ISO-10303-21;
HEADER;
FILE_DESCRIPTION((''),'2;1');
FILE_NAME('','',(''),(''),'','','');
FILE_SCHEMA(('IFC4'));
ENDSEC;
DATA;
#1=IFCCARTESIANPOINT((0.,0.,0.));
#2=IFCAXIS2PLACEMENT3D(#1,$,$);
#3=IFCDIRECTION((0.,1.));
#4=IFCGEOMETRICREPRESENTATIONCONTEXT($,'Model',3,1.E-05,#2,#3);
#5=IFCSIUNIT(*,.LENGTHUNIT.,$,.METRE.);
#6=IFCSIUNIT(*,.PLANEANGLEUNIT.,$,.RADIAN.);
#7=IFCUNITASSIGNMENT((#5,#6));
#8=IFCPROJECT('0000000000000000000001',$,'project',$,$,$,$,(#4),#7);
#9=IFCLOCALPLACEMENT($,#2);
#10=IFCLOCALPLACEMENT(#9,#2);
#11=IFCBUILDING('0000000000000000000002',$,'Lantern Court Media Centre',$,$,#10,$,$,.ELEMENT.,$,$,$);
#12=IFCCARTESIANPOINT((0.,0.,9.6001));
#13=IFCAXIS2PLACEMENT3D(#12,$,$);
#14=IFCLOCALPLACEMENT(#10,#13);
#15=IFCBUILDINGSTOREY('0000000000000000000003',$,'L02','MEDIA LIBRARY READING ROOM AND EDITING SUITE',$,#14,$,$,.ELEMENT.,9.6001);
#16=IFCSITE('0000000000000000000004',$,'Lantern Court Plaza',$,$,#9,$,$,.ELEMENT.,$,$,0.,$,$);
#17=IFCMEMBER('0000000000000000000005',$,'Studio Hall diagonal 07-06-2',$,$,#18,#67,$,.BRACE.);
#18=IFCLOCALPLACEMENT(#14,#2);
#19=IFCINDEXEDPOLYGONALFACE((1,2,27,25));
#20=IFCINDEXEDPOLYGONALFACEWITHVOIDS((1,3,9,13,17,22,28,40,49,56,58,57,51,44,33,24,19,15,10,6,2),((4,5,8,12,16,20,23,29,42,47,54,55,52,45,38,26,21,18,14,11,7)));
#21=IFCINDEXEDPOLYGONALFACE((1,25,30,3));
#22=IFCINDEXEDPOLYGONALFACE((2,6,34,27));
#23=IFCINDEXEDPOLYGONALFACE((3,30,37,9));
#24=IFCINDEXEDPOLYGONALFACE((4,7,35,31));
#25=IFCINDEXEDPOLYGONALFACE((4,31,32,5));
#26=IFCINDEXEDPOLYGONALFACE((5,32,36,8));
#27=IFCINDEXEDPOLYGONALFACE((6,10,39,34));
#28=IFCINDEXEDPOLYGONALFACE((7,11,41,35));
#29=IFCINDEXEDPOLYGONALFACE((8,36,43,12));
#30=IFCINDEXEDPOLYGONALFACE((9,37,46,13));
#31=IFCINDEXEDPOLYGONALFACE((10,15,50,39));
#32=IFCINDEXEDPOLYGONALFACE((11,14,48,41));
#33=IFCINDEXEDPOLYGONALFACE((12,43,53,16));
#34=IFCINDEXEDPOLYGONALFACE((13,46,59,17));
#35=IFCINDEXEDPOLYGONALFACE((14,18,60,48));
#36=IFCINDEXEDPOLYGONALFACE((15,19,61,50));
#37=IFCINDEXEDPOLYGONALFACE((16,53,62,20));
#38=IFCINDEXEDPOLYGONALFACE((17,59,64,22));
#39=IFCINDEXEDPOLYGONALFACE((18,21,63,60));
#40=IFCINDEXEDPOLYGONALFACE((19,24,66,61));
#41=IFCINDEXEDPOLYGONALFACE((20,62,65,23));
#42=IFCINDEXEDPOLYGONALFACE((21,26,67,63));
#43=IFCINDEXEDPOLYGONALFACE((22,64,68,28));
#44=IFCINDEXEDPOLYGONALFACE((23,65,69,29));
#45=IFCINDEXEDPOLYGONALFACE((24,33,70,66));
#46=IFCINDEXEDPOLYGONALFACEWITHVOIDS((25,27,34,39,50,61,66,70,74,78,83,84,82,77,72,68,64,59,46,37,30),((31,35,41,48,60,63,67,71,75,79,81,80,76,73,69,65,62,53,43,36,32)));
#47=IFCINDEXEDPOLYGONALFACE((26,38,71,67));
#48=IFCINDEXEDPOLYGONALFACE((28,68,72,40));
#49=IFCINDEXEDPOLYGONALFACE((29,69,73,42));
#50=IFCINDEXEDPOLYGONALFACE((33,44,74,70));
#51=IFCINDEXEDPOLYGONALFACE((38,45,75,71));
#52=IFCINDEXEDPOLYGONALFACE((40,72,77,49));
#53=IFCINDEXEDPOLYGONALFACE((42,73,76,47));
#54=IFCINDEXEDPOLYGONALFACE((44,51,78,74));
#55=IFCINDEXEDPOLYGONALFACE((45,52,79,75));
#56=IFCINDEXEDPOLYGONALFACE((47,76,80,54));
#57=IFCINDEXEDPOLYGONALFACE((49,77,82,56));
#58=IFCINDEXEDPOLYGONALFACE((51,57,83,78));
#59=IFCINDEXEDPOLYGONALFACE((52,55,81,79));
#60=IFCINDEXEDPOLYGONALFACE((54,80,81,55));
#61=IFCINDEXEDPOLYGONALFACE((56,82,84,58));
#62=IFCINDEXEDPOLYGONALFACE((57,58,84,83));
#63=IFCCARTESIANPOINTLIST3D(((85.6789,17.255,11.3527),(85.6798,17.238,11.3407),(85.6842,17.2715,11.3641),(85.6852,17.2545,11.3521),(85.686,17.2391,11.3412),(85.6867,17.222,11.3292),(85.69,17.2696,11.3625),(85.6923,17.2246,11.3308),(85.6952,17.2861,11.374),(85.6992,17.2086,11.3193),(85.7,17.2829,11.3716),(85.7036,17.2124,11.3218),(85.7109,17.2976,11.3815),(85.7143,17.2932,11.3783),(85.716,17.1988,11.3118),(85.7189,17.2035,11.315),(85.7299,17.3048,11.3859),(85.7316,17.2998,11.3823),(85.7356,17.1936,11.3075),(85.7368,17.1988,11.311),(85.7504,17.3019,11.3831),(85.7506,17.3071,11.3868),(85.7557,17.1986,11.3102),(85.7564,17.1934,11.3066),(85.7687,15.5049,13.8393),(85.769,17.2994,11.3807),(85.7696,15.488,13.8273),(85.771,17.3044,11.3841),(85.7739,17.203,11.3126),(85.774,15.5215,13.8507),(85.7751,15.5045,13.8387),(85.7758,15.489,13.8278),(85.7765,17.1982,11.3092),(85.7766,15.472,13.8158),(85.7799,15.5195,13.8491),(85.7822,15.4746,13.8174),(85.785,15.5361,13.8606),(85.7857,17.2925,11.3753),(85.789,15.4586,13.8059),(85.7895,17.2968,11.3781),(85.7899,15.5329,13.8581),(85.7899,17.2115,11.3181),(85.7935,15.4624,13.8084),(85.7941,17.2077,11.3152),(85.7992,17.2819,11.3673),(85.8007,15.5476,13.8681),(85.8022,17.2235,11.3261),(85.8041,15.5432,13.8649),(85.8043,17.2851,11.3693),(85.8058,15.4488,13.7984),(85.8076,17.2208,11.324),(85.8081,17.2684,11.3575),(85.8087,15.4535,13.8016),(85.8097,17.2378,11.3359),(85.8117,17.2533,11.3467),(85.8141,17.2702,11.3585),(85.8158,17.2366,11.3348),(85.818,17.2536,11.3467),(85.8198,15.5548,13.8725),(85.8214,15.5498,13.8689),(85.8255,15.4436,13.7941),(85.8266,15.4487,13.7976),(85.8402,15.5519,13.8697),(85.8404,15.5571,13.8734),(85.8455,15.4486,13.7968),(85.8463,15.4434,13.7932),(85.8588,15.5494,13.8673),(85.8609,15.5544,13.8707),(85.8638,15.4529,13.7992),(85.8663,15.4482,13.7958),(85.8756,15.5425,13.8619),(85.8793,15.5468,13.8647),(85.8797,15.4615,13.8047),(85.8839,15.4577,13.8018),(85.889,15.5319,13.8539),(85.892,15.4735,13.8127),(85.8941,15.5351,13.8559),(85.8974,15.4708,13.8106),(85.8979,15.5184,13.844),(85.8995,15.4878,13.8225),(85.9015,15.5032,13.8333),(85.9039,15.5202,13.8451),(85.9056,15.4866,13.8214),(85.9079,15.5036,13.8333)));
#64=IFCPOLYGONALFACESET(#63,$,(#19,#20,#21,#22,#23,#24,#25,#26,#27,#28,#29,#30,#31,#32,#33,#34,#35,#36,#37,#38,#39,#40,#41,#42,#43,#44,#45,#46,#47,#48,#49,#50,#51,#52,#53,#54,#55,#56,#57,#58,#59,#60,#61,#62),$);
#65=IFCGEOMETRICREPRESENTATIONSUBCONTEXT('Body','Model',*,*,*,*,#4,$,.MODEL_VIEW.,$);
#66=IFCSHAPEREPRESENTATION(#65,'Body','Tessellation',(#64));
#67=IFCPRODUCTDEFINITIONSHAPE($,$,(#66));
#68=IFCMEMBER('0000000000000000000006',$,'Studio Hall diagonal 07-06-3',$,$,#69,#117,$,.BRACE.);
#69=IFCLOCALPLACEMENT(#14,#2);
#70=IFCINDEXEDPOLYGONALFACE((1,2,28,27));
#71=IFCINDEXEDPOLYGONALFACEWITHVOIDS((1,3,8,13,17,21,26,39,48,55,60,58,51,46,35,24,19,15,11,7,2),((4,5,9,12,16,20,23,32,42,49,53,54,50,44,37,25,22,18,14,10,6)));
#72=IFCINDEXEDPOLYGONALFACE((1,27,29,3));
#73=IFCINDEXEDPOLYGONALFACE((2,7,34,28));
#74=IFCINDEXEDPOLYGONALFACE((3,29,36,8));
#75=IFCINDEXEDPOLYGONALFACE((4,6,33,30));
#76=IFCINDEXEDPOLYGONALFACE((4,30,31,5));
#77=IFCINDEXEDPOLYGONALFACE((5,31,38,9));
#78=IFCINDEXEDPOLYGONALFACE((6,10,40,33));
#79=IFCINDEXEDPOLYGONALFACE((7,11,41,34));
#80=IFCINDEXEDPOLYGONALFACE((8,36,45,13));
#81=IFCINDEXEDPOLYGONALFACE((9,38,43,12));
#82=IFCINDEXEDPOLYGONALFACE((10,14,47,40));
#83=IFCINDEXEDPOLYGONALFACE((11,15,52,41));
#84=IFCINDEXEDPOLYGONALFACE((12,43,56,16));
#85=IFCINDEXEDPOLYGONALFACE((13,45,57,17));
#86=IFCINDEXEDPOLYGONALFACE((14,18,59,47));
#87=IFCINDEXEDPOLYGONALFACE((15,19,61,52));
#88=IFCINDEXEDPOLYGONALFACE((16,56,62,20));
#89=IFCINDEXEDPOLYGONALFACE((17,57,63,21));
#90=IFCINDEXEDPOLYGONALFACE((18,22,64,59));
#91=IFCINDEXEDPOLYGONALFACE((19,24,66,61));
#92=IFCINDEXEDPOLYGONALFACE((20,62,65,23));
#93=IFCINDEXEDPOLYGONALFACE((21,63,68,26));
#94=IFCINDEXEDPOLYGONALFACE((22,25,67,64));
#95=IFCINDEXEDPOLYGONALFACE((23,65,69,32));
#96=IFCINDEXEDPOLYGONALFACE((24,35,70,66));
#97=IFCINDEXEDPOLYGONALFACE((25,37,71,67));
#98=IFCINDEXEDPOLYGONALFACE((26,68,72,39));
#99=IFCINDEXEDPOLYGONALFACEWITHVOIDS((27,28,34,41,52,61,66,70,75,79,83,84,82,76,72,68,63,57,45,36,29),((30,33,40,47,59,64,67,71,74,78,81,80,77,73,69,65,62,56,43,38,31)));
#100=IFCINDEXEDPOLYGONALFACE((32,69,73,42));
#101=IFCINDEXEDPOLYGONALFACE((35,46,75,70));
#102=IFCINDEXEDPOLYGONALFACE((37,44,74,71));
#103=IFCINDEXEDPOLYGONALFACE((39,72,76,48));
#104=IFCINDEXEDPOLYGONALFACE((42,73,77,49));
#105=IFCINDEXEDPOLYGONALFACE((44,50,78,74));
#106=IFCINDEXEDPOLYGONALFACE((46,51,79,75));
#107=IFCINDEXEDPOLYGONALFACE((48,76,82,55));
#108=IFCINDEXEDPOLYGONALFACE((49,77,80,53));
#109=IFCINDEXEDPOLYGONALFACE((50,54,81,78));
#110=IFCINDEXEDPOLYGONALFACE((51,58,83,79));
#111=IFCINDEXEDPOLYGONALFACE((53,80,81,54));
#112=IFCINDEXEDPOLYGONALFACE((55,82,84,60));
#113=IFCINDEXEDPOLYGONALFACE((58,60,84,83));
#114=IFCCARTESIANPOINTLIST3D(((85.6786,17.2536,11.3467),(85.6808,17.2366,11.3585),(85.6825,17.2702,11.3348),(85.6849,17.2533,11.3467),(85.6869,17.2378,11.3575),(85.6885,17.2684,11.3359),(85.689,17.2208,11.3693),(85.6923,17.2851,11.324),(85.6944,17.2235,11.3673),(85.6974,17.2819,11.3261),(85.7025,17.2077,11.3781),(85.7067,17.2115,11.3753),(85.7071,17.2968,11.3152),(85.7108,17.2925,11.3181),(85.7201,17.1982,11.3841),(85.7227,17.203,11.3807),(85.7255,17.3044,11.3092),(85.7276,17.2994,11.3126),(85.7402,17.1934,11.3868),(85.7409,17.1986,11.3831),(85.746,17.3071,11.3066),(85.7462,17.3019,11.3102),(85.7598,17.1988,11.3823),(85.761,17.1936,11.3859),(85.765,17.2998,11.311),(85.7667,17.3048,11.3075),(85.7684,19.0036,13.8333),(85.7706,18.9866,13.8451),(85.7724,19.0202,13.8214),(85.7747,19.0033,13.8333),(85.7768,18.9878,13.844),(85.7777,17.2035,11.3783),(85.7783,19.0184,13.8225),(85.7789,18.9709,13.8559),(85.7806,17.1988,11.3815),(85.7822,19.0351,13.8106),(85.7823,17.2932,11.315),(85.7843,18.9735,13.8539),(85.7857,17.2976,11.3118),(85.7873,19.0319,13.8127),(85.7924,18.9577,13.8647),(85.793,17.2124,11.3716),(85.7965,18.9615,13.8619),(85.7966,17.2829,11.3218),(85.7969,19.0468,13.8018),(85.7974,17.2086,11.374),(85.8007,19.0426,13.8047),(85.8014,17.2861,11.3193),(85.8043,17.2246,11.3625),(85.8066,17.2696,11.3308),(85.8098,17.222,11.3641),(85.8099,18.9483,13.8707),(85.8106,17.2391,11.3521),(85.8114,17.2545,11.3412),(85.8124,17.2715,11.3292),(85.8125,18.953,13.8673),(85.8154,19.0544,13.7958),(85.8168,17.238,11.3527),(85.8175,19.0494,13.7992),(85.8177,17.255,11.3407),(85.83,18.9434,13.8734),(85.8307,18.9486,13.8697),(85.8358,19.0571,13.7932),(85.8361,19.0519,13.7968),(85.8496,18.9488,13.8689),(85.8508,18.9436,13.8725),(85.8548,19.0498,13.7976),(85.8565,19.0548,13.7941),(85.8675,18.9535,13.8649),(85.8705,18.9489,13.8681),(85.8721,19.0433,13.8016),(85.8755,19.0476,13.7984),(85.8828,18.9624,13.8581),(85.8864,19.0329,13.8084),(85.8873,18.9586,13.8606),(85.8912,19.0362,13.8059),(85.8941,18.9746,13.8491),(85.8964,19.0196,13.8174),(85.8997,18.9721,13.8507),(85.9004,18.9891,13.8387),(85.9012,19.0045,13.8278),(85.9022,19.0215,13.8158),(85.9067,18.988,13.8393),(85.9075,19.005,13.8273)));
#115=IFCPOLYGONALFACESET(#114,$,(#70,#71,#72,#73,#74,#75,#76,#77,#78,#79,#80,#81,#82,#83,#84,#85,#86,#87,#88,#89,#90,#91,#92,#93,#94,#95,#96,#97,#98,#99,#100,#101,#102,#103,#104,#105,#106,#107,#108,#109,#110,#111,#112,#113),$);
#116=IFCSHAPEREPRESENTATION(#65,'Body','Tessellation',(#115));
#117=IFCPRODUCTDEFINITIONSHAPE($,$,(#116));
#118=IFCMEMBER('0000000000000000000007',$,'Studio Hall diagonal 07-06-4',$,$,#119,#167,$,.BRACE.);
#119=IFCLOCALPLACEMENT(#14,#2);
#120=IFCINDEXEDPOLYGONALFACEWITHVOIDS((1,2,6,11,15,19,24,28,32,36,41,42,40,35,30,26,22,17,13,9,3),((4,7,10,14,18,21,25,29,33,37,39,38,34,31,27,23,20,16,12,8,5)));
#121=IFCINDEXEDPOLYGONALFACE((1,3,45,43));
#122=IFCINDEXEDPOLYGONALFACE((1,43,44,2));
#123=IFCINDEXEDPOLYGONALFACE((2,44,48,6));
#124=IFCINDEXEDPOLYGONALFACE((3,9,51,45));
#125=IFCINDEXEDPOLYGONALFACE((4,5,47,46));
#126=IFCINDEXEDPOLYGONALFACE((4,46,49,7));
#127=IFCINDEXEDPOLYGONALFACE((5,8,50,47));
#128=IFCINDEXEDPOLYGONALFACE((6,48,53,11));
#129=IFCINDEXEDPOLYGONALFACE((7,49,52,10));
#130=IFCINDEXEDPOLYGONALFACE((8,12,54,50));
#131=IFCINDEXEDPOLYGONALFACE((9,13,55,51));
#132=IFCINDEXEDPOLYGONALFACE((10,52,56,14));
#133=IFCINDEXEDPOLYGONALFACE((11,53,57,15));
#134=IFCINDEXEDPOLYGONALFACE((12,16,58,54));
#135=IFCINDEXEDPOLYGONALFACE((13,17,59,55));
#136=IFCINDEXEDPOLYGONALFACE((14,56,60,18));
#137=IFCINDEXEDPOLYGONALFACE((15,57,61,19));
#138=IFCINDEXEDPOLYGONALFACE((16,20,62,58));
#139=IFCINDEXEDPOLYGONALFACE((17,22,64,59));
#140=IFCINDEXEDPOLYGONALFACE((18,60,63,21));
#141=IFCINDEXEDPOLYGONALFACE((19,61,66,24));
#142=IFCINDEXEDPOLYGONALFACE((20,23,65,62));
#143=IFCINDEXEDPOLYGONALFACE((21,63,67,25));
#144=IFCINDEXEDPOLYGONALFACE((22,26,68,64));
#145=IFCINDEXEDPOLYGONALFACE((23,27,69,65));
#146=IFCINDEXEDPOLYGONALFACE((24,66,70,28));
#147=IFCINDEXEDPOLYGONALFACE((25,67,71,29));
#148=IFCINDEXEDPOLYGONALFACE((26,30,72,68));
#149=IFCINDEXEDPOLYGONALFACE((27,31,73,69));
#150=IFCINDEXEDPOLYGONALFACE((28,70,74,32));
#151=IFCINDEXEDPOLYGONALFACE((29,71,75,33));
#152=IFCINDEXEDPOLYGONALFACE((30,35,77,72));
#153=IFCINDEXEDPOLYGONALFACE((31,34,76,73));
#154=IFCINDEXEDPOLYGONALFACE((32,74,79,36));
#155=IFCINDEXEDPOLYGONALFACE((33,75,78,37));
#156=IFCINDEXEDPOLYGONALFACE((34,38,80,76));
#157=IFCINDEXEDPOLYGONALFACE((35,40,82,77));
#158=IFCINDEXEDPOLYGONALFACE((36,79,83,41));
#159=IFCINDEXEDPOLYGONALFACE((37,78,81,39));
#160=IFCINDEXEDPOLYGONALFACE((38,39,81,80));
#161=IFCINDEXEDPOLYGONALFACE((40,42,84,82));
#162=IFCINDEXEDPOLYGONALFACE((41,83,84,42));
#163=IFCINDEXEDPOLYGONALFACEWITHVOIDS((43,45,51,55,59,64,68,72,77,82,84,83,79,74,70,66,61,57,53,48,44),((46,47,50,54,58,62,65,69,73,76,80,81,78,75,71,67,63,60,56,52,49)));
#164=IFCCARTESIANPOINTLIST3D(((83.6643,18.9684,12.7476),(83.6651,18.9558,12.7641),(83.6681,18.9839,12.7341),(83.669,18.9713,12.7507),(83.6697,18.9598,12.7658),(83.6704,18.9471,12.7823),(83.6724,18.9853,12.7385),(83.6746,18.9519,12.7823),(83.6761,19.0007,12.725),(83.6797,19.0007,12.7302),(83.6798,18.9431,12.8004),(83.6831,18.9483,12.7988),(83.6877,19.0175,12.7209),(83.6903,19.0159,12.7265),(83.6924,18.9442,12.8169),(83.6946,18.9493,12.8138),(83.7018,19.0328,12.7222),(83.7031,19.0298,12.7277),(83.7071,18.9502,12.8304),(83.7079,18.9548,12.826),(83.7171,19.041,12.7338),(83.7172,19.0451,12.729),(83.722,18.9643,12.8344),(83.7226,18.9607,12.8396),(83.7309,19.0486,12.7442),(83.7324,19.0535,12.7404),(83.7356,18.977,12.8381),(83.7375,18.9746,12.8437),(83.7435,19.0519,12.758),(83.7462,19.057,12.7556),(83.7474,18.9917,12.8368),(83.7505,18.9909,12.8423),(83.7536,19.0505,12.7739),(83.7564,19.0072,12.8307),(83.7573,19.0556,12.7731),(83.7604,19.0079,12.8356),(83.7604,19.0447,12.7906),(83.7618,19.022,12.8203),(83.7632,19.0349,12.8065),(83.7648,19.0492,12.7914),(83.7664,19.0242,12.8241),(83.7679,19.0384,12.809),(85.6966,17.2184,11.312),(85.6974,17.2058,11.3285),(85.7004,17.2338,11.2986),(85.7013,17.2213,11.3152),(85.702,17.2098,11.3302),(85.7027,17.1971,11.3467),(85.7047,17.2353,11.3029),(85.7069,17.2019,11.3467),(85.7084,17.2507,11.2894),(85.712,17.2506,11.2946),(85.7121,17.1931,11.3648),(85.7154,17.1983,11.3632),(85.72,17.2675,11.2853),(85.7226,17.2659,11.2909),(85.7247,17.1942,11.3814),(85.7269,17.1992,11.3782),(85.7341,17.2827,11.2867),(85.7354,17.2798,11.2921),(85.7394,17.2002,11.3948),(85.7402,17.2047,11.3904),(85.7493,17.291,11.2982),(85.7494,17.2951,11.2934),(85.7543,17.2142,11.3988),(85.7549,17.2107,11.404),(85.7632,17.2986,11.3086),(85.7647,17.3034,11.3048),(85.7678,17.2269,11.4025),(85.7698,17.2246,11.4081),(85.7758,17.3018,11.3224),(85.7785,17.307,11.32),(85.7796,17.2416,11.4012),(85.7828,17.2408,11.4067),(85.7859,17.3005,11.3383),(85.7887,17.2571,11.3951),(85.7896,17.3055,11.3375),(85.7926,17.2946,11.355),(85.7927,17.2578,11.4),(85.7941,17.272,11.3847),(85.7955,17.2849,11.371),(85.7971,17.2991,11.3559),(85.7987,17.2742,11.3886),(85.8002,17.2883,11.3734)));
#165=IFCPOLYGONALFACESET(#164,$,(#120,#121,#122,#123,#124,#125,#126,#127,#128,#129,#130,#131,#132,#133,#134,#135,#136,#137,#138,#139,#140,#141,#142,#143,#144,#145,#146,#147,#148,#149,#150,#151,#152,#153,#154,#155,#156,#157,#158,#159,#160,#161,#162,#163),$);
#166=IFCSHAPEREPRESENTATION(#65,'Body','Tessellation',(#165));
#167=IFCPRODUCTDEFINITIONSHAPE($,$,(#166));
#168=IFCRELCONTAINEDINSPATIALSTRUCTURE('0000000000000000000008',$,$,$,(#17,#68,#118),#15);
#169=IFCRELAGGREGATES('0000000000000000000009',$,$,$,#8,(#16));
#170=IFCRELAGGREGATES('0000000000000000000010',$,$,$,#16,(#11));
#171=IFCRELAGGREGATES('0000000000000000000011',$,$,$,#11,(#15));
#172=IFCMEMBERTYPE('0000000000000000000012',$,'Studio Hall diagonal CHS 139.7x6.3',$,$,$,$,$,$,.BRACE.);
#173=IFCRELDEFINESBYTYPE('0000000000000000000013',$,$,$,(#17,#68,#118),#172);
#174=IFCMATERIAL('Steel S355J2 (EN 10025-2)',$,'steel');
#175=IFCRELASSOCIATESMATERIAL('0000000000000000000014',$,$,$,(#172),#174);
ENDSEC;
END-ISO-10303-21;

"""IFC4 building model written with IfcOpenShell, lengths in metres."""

from ifc_helpers import new_model, si_unit, direction, frame, origin, origin_2d, place, context, subcontext, project, spatial, hollow_circle, extrude, material, material_profile, profile_set, type_object, element, save


model = new_model("IFC4")

# Units and contexts
model_context = context("Model", 3, precision=1e-05, world=origin(), true_north=direction((0.0, 1.0)))
body_context = subcontext(model_context, "Body", "Model", "MODEL_VIEW")
ifc_project = project(units=[si_unit("LENGTHUNIT", "METRE"), si_unit("PLANEANGLEUNIT", "RADIAN")], contexts=[model_context])

# Site, building, storey
site_placement = place(None, origin())
site = spatial("IfcSite", under=ifc_project, at=site_placement, Name="Lantern Court Plaza", CompositionType="ELEMENT", RefElevation=0.0)
building_placement = place(site_placement, origin())
building = spatial("IfcBuilding", under=site, at=building_placement, Name="Lantern Court Media Centre", CompositionType="ELEMENT")
storey_placement = place(building_placement, frame((0.0, 0.0, 9.6001)))
storey = spatial("IfcBuildingStorey", under=building, at=storey_placement, Name="L02", Description="MEDIA LIBRARY READING ROOM AND EDITING SUITE", CompositionType="ELEMENT", Elevation=9.6001)

# Members
ifc_material = material(Name="Steel S355J2 (EN 10025-2)", Category="steel")
ifc_material_profile_1 = material_profile(ifc_material, hollow_circle(Radius=0.0698, WallThickness=0.0063, at=origin_2d()), Name="Studio Hall diagonal CHS 139.7x6.3")
ifc_profile_set_1 = profile_set([ifc_material_profile_1], Name="Steel S355J2 (EN 10025-2)")
member_type_1 = type_object("IfcMemberType", Name="Studio Hall diagonal CHS 139.7x6.3", PredefinedType="BRACE", material=ifc_profile_set_1)
for number, where, z_axis, x_axis, name in (
    (1, (85.7483, 17.25, 11.3467), (0.029535, -0.575284, 0.81742), (0.998685, 0.051272, 0.0), "Studio Hall diagonal 07-06-2"),
    (2, (85.7483, 17.25, 11.3467), (0.029535, 0.575284, 0.81742), (-0.998685, 0.051272, 0.0), "Studio Hall diagonal 07-06-3"),
    (3, (85.7483, 17.25, 11.3467), (-0.668075, 0.575296, 0.471922), (-0.652529, -0.757764, 0.0), "Studio Hall diagonal 07-06-4"),
):
    element("IfcMember", number, at=place(storey_placement, frame(where, z_axis=z_axis, x_axis=x_axis)), inside=storey, type_object=member_type_1, Name=name, PredefinedType="BRACE", context=body_context, shape_type="SweptSolid", body=[
        extrude(hollow_circle(Radius=0.0698, WallThickness=0.0063, at=origin_2d()), origin(), (0.0, 0.0, 1.0), 3.042),
    ])

save(model, "model.ifc")
